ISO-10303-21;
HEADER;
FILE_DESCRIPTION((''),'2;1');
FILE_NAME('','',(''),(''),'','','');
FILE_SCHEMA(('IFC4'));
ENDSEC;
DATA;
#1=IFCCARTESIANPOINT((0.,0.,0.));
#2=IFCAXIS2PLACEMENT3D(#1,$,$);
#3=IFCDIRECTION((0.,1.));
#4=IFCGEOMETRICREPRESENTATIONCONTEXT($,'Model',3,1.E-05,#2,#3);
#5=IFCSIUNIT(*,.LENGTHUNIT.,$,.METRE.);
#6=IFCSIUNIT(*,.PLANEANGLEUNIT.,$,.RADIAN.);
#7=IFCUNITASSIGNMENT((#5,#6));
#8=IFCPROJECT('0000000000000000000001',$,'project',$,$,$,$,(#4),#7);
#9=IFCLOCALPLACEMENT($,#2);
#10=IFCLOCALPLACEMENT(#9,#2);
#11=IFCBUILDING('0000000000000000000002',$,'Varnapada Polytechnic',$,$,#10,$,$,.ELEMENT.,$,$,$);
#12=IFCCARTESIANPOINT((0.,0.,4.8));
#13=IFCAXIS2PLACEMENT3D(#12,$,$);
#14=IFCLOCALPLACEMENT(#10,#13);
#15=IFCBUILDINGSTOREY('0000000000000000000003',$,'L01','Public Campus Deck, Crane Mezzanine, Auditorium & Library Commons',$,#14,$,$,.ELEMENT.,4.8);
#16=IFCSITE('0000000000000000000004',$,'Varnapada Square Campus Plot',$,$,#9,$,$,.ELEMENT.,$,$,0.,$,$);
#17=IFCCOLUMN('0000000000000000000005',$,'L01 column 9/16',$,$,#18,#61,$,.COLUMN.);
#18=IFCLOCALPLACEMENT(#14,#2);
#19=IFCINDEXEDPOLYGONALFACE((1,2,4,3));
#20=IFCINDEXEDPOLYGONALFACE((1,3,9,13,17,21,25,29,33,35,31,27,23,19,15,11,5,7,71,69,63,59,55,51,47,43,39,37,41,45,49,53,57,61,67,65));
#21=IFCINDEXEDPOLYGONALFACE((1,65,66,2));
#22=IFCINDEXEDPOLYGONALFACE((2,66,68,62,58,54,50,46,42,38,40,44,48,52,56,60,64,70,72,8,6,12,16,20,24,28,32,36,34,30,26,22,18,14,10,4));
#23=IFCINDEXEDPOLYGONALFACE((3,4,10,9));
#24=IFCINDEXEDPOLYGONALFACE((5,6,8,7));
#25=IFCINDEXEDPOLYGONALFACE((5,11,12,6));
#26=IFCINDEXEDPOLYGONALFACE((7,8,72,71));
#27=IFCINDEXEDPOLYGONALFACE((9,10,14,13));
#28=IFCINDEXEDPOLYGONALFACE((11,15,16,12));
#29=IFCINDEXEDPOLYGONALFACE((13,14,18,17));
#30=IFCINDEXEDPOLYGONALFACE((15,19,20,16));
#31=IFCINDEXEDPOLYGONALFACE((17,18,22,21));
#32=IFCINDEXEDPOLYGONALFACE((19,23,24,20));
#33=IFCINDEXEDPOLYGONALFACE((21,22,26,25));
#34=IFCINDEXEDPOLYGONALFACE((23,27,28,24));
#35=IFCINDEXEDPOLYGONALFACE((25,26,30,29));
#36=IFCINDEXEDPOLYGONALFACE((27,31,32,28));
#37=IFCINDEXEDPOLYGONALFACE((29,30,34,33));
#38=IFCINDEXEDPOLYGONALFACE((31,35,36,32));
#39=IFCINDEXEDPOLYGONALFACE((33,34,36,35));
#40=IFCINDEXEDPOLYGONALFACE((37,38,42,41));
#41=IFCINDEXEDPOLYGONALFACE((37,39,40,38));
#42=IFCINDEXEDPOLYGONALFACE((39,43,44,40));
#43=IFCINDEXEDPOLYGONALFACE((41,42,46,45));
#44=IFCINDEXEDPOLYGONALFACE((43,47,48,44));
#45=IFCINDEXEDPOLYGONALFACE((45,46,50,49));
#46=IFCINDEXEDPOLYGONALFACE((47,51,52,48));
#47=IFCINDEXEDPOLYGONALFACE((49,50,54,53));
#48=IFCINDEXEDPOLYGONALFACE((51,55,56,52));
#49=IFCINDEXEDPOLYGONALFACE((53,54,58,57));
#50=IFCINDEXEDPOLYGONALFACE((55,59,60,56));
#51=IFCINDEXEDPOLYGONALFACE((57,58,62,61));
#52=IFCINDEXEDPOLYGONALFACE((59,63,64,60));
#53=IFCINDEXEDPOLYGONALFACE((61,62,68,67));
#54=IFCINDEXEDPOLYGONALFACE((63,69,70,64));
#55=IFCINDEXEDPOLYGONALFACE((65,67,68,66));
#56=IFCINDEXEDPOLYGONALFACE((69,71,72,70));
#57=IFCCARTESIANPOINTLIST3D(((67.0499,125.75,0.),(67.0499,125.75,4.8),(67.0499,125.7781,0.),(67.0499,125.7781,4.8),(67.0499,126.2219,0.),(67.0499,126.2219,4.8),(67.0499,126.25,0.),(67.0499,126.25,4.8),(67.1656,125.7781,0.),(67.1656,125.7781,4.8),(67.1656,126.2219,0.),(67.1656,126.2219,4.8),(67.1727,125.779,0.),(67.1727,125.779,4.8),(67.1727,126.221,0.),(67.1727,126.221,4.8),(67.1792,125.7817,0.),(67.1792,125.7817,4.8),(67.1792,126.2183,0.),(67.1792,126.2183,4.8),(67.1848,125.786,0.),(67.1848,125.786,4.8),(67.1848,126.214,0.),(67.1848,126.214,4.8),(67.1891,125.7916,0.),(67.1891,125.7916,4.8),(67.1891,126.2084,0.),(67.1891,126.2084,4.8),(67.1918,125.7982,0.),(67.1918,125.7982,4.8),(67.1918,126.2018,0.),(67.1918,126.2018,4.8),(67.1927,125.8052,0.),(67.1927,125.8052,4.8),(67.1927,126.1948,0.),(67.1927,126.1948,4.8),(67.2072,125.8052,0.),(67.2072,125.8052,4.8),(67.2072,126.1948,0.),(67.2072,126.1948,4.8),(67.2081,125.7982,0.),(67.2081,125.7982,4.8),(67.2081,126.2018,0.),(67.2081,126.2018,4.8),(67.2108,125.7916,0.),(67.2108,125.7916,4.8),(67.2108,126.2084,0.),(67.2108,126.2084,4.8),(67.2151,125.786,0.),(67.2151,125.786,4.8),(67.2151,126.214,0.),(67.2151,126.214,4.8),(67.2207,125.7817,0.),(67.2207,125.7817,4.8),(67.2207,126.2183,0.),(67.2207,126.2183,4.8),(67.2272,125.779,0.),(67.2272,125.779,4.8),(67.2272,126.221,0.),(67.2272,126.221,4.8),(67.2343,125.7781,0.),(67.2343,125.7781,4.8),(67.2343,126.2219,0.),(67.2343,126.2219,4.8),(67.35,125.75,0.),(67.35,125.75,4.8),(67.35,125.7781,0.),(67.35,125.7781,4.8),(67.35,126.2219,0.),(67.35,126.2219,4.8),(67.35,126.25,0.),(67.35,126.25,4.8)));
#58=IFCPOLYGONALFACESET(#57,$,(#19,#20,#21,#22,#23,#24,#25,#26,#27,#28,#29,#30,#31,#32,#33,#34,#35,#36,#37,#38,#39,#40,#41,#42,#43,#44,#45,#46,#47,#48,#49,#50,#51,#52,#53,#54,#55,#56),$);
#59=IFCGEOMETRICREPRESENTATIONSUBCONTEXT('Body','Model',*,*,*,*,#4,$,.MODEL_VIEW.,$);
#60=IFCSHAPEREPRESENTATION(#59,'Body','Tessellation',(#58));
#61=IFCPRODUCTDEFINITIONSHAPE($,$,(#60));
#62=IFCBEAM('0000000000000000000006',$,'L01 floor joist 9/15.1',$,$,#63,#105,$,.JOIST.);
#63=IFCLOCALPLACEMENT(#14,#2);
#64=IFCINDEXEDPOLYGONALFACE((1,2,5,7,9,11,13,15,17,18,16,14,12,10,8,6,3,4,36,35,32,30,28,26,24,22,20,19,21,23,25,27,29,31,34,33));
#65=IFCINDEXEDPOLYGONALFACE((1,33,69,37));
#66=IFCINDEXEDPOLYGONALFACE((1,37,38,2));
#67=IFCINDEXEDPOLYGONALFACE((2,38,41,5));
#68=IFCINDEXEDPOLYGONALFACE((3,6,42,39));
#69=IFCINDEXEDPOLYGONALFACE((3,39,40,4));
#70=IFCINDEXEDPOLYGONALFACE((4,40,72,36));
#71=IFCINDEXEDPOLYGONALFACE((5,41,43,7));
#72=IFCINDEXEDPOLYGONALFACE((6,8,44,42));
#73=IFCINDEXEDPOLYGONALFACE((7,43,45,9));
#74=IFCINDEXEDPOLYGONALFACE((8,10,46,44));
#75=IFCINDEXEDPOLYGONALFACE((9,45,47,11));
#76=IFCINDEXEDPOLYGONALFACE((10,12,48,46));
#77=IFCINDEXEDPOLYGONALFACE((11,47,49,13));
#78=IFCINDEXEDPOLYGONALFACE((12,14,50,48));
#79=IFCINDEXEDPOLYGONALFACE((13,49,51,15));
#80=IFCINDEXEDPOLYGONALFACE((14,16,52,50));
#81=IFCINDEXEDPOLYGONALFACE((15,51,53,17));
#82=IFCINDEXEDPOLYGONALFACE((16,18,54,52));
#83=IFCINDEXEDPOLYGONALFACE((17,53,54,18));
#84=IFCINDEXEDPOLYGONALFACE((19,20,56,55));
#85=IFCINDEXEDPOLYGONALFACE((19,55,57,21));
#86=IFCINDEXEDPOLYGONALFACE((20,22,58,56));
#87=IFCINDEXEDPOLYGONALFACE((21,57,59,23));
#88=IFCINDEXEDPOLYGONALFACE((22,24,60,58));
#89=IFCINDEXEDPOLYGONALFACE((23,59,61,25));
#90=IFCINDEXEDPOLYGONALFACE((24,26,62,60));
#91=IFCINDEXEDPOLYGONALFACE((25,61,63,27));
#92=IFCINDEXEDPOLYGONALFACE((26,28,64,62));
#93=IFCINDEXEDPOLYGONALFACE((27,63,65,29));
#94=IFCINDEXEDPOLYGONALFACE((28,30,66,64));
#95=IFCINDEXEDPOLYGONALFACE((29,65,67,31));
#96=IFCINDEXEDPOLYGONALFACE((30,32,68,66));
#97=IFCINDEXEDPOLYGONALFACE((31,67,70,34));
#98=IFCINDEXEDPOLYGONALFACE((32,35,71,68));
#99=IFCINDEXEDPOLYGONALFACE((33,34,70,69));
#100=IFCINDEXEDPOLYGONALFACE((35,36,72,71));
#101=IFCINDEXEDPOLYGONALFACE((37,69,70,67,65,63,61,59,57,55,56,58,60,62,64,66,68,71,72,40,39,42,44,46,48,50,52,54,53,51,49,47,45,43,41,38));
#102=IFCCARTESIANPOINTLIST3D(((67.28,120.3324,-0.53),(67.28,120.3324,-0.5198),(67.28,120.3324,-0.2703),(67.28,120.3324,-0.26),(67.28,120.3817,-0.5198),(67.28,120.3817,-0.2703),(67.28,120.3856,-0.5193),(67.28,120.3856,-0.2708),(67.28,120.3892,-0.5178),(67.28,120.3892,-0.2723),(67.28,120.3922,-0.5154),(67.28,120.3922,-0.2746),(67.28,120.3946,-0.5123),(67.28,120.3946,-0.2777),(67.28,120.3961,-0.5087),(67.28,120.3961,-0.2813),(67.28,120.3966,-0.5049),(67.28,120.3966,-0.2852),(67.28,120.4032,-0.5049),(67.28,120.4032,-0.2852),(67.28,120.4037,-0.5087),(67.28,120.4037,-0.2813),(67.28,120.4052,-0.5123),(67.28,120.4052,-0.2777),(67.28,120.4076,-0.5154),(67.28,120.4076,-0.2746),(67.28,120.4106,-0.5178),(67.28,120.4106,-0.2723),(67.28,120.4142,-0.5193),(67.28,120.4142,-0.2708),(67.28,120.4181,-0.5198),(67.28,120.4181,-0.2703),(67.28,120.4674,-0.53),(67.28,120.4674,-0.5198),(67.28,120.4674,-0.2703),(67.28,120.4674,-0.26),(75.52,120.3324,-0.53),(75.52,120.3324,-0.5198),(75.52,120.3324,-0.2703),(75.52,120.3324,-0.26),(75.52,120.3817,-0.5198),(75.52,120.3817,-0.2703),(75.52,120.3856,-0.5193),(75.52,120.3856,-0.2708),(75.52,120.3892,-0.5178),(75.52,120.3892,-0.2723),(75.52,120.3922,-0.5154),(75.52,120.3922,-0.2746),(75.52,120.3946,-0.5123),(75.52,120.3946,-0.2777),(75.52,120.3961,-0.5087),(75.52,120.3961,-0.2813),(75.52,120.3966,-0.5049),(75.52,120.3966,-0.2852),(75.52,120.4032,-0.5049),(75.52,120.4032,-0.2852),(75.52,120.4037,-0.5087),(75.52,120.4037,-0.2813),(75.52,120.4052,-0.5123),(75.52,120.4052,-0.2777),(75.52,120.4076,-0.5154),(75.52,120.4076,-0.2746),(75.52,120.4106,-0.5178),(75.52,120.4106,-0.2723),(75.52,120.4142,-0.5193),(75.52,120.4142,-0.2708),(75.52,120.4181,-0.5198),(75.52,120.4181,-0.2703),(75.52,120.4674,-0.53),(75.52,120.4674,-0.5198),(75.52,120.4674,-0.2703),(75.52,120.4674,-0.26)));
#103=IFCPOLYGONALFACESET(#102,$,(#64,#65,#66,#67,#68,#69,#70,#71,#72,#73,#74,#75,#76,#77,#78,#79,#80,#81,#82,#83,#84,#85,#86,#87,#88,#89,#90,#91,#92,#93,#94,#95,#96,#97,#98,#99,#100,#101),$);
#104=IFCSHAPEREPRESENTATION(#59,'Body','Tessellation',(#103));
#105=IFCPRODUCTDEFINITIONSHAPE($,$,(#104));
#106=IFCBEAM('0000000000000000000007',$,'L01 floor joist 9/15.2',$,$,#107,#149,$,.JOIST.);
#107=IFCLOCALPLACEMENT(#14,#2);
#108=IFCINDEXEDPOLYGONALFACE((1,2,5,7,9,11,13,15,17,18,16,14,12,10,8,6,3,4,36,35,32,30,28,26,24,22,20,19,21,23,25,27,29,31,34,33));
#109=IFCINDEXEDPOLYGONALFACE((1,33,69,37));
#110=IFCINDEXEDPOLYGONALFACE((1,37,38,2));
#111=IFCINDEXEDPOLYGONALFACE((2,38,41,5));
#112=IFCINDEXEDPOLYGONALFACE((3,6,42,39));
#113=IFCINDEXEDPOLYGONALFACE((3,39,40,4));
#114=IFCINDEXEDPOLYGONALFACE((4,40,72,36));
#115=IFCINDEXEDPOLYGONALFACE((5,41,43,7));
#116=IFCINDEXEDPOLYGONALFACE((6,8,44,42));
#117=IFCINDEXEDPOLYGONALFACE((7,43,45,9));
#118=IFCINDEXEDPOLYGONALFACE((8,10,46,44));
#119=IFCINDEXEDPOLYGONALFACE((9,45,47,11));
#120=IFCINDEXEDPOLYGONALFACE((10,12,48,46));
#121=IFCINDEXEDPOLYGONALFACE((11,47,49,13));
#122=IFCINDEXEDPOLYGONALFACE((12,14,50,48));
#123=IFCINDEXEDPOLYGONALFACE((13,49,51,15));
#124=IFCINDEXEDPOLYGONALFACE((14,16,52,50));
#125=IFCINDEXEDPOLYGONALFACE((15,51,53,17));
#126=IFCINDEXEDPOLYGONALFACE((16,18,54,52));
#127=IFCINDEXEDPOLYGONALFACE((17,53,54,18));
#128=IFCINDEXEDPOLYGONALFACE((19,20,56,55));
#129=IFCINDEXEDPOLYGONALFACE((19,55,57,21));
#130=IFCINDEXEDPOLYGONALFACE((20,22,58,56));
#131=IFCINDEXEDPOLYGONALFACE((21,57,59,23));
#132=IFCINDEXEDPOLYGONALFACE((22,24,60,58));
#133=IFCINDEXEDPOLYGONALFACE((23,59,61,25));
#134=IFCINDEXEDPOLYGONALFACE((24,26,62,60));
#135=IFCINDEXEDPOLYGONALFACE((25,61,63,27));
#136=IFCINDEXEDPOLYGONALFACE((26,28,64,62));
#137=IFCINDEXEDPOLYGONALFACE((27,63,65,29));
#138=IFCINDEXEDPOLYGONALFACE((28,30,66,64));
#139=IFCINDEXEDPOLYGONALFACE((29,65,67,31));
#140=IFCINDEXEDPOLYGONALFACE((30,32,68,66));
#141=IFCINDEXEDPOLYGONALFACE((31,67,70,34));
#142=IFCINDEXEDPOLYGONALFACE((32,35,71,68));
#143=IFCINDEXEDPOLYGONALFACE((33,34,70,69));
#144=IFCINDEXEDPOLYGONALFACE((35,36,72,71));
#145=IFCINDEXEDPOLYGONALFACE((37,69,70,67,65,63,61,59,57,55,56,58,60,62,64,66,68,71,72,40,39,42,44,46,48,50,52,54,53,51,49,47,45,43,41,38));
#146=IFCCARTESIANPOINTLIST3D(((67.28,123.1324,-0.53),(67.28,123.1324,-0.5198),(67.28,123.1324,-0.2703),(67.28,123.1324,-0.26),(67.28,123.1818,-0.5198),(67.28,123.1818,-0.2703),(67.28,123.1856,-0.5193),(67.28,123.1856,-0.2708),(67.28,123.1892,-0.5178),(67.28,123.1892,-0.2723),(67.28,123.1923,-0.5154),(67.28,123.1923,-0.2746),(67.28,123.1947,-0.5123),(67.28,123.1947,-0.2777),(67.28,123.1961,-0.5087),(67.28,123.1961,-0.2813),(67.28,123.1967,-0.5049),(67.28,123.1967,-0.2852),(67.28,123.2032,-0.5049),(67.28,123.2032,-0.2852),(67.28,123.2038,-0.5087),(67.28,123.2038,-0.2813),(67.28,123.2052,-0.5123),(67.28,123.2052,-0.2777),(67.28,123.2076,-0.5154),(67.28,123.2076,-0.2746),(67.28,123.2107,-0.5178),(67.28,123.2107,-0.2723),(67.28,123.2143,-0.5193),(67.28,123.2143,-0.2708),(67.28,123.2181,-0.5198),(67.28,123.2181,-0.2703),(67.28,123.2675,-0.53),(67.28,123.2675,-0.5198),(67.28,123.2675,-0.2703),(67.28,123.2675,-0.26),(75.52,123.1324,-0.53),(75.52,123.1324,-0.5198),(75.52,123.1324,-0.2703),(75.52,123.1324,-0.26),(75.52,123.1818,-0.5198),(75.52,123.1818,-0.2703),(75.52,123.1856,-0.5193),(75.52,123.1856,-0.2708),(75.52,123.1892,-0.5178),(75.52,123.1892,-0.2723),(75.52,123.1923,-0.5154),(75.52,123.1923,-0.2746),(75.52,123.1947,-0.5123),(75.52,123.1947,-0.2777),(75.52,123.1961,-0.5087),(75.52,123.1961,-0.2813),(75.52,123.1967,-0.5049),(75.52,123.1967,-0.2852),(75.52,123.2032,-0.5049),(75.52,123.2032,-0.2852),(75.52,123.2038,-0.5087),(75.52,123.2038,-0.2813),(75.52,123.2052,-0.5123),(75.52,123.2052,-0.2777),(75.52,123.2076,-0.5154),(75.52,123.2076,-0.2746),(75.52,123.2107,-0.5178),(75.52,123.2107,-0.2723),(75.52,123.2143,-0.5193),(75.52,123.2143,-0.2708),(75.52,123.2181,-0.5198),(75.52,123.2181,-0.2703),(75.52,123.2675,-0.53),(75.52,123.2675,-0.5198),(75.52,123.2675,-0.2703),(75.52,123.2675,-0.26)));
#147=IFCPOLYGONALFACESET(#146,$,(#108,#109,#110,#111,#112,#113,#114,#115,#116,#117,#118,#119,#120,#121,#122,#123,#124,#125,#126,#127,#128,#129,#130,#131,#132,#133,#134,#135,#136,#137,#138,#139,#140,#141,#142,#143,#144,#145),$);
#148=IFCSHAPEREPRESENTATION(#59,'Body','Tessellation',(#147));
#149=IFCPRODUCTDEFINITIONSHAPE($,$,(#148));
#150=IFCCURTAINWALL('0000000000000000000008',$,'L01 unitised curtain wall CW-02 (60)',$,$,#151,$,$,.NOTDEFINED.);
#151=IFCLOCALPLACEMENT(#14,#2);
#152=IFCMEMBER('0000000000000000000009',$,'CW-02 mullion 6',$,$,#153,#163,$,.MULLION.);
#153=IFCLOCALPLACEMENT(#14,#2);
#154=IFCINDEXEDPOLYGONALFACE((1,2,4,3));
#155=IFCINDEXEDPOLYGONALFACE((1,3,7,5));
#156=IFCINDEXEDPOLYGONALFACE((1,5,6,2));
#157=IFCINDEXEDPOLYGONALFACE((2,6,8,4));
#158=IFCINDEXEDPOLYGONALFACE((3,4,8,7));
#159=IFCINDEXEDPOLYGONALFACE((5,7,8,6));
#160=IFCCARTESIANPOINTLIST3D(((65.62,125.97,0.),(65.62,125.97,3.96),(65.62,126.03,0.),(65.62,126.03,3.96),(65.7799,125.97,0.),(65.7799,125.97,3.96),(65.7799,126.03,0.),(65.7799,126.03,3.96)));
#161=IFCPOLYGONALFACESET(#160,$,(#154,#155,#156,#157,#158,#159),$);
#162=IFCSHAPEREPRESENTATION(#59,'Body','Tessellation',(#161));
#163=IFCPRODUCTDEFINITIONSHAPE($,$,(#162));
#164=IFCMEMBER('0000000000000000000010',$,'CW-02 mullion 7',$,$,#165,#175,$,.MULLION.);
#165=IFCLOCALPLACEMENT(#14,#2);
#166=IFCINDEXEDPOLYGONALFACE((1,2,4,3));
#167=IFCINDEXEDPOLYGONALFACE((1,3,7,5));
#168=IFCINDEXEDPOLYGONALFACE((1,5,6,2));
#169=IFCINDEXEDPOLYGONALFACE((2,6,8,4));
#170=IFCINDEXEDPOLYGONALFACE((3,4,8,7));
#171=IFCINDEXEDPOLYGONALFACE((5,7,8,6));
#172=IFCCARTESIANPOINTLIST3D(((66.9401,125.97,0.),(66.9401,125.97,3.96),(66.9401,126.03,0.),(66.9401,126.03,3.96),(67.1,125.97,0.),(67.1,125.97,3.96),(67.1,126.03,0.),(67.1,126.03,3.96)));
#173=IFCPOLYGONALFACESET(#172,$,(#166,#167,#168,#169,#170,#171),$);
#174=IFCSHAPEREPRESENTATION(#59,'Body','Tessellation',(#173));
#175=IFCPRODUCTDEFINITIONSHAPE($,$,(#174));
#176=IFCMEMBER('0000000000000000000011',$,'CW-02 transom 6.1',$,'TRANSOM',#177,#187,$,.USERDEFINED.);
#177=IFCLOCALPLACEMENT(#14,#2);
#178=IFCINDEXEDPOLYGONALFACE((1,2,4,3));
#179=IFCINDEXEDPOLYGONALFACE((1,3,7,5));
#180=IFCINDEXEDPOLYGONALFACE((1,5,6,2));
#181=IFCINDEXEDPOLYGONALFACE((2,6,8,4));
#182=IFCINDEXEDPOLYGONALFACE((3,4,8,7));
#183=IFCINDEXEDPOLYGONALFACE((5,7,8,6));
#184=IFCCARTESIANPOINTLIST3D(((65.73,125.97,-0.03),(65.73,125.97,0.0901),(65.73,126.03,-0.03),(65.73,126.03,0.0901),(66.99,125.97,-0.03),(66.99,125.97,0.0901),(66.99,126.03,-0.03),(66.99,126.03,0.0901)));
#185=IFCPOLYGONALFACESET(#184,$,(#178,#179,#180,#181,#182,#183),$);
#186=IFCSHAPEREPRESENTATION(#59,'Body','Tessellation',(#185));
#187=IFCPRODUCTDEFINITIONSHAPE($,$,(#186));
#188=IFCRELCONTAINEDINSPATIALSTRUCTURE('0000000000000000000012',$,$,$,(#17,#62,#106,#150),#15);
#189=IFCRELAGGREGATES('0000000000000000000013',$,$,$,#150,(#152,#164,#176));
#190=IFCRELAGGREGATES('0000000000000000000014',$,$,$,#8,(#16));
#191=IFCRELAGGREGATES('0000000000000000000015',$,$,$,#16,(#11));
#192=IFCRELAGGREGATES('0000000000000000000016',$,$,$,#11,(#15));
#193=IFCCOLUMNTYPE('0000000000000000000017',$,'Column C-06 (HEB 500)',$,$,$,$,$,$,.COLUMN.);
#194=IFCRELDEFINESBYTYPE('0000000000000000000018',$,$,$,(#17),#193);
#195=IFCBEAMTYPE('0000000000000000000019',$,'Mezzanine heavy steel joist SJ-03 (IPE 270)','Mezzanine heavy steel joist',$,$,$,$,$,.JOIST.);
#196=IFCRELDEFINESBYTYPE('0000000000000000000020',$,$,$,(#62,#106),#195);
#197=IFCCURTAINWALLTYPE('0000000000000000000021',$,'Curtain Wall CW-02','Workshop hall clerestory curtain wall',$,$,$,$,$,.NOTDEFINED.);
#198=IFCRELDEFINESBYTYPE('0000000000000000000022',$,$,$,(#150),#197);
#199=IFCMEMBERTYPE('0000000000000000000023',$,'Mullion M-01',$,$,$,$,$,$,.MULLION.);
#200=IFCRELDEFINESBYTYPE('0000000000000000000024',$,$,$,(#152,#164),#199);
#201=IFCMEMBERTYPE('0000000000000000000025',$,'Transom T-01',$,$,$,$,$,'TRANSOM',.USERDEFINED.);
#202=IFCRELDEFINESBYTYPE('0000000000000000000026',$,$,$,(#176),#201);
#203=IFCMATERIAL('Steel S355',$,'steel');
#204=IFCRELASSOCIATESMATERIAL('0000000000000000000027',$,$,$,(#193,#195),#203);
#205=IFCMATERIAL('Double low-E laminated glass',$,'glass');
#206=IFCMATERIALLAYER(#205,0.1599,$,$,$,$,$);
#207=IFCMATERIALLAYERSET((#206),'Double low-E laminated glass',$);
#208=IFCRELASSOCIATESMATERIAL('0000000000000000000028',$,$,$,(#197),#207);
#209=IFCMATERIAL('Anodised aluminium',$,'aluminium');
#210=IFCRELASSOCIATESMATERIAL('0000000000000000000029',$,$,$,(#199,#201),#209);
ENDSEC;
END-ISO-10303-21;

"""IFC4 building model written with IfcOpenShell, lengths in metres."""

from ifc_helpers import new_model, si_unit, direction, frame, origin, origin_2d, place, context, subcontext, project, spatial, rectangle, i_section, extrude, material, layer, layer_set, material_profile, profile_set, type_object, element, aggregate, save


model = new_model("IFC4")

# Units and contexts
model_context = context("Model", 3, precision=1e-05, world=origin(), true_north=direction((0.0, 1.0)))
body_context = subcontext(model_context, "Body", "Model", "MODEL_VIEW")
ifc_project = project(units=[si_unit("LENGTHUNIT", "METRE"), si_unit("PLANEANGLEUNIT", "RADIAN")], contexts=[model_context])

# Site, building, storey
site_placement = place(None, origin())
site = spatial("IfcSite", under=ifc_project, at=site_placement, Name="Varnapada Square Campus Plot", CompositionType="ELEMENT", RefElevation=0.0)
building_placement = place(site_placement, origin())
building = spatial("IfcBuilding", under=site, at=building_placement, Name="Varnapada Polytechnic", CompositionType="ELEMENT")
storey_placement = place(building_placement, frame((0.0, 0.0, 4.8)))
storey = spatial("IfcBuildingStorey", under=building, at=storey_placement, Name="L01", Description="Public Campus Deck, Crane Mezzanine, Auditorium & Library Commons", CompositionType="ELEMENT", Elevation=4.8)

# Column
ifc_material_1 = material(Name="Steel S355", Category="steel")
ifc_material_profile_1 = material_profile(ifc_material_1, i_section(OverallWidth=0.3, OverallDepth=0.5, WebThickness=0.0144, FlangeThickness=0.0281, FilletRadius=0.0271, at=origin_2d()), Name="HEB 500")
ifc_profile_set_1 = profile_set([ifc_material_profile_1], Name="Steel S355")
column_type = type_object("IfcColumnType", Name="Column C-06 (HEB 500)", PredefinedType="COLUMN", material=ifc_profile_set_1)
column_placement = place(storey_placement, frame((67.2, 126.0, 0.0), z_axis=(0.0, 0.0, 1.0), x_axis=(1.0, 0.0, 0.0)))
element("IfcColumn", 1, at=column_placement, inside=storey, type_object=column_type, Name="L01 column 9/16", PredefinedType="COLUMN", context=body_context, shape_type="SweptSolid", body=[
    extrude(i_section(OverallWidth=0.3, OverallDepth=0.5, WebThickness=0.0144, FlangeThickness=0.0281, FilletRadius=0.0271, at=origin_2d()), origin(), (0.0, 0.0, 1.0), 4.8),
])

# Beams
ifc_material_profile_2 = material_profile(ifc_material_1, i_section(OverallWidth=0.135, OverallDepth=0.27, WebThickness=0.0066, FlangeThickness=0.0103, FilletRadius=0.0149, at=origin_2d()), Name="IPE 270")
ifc_profile_set_2 = profile_set([ifc_material_profile_2], Name="Steel S355")
beam_type_1 = type_object("IfcBeamType", Name="Mezzanine heavy steel joist SJ-03 (IPE 270)", Description="Mezzanine heavy steel joist", PredefinedType="JOIST", material=ifc_profile_set_2)
for number, where, z_axis, x_axis, name in (
    (2, (67.28, 120.3999, -0.395), (1.0, 0.0, 0.0), (0.0, 1.0, 0.0), "L01 floor joist 9/15.1"),
    (3, (67.28, 123.2, -0.395), (1.0, 0.0, 0.0), (0.0, 1.0, 0.0), "L01 floor joist 9/15.2"),
):
    element("IfcBeam", number, at=place(storey_placement, frame(where, z_axis=z_axis, x_axis=x_axis)), inside=storey, type_object=beam_type_1, Name=name, PredefinedType="JOIST", context=body_context, shape_type="SweptSolid", body=[
        extrude(i_section(OverallWidth=0.135, OverallDepth=0.27, WebThickness=0.0066, FlangeThickness=0.0103, FilletRadius=0.0149, at=origin_2d()), origin(), (0.0, 0.0, 1.0), 8.24),
    ])

# Curtain wall, members
ifc_material_2 = material(Name="Double low-E laminated glass", Category="glass")
ifc_layer_1 = layer(ifc_material_2, 0.1599)
ifc_layer_set_1 = layer_set([ifc_layer_1], Name="Double low-E laminated glass")
curtain_wall_type = type_object("IfcCurtainWallType", Name="Curtain Wall CW-02", Description="Workshop hall clerestory curtain wall", PredefinedType="NOTDEFINED", material=ifc_layer_set_1)
curtain_wall_placement = place(storey_placement, origin())
curtain_wall = element("IfcCurtainWall", 4, at=curtain_wall_placement, inside=storey, type_object=curtain_wall_type, Name="L01 unitised curtain wall CW-02 (60)", PredefinedType="NOTDEFINED")
ifc_material_3 = material(Name="Anodised aluminium", Category="aluminium")
ifc_material_profile_3 = material_profile(ifc_material_3, rectangle(XDim=0.0601, YDim=0.1599, at=origin_2d()), Name="ALU M60x160")
ifc_profile_set_3 = profile_set([ifc_material_profile_3], Name="Anodised aluminium")
member_type_1 = type_object("IfcMemberType", Name="Mullion M-01", PredefinedType="MULLION", material=ifc_profile_set_3)
member_1_placement = place(storey_placement, frame((65.7, 126.0, 0.0), z_axis=(0.0, 0.0, 1.0), x_axis=(0.0, 1.0, 0.0)))
member_1 = element("IfcMember", 5, at=member_1_placement, type_object=member_type_1, Name="CW-02 mullion 6", PredefinedType="MULLION", context=body_context, shape_type="SweptSolid", body=[
    extrude(rectangle(XDim=0.0601, YDim=0.1599, at=origin_2d()), origin(), (0.0, 0.0, 1.0), 3.96),
])
member_2_placement = place(storey_placement, frame((67.02, 126.0, 0.0), z_axis=(0.0, 0.0, 1.0), x_axis=(0.0, 1.0, 0.0)))
member_2 = element("IfcMember", 6, at=member_2_placement, type_object=member_type_1, Name="CW-02 mullion 7", PredefinedType="MULLION", context=body_context, shape_type="SweptSolid", body=[
    extrude(rectangle(XDim=0.0601, YDim=0.1599, at=origin_2d()), origin(), (0.0, 0.0, 1.0), 3.96),
])
ifc_material_profile_4 = material_profile(ifc_material_3, rectangle(XDim=0.0601, YDim=0.1201, at=origin_2d()), Name="ALU T60x120")
ifc_profile_set_4 = profile_set([ifc_material_profile_4], Name="Anodised aluminium")
member_type_2 = type_object("IfcMemberType", Name="Transom T-01", ElementType="TRANSOM", PredefinedType="USERDEFINED", material=ifc_profile_set_4)
member_3_placement = place(storey_placement, frame((65.73, 126.0, 0.03), z_axis=(1.0, 0.0, 0.0), x_axis=(0.0, 1.0, 0.0)))
member_3 = element("IfcMember", 7, at=member_3_placement, type_object=member_type_2, Name="CW-02 transom 6.1", ObjectType="TRANSOM", PredefinedType="USERDEFINED", context=body_context, shape_type="SweptSolid", body=[
    extrude(rectangle(XDim=0.0601, YDim=0.1201, at=origin_2d()), origin(), (0.0, 0.0, 1.0), 1.26),
])

aggregate(curtain_wall, [member_1, member_2, member_3])

save(model, "model.ifc")
